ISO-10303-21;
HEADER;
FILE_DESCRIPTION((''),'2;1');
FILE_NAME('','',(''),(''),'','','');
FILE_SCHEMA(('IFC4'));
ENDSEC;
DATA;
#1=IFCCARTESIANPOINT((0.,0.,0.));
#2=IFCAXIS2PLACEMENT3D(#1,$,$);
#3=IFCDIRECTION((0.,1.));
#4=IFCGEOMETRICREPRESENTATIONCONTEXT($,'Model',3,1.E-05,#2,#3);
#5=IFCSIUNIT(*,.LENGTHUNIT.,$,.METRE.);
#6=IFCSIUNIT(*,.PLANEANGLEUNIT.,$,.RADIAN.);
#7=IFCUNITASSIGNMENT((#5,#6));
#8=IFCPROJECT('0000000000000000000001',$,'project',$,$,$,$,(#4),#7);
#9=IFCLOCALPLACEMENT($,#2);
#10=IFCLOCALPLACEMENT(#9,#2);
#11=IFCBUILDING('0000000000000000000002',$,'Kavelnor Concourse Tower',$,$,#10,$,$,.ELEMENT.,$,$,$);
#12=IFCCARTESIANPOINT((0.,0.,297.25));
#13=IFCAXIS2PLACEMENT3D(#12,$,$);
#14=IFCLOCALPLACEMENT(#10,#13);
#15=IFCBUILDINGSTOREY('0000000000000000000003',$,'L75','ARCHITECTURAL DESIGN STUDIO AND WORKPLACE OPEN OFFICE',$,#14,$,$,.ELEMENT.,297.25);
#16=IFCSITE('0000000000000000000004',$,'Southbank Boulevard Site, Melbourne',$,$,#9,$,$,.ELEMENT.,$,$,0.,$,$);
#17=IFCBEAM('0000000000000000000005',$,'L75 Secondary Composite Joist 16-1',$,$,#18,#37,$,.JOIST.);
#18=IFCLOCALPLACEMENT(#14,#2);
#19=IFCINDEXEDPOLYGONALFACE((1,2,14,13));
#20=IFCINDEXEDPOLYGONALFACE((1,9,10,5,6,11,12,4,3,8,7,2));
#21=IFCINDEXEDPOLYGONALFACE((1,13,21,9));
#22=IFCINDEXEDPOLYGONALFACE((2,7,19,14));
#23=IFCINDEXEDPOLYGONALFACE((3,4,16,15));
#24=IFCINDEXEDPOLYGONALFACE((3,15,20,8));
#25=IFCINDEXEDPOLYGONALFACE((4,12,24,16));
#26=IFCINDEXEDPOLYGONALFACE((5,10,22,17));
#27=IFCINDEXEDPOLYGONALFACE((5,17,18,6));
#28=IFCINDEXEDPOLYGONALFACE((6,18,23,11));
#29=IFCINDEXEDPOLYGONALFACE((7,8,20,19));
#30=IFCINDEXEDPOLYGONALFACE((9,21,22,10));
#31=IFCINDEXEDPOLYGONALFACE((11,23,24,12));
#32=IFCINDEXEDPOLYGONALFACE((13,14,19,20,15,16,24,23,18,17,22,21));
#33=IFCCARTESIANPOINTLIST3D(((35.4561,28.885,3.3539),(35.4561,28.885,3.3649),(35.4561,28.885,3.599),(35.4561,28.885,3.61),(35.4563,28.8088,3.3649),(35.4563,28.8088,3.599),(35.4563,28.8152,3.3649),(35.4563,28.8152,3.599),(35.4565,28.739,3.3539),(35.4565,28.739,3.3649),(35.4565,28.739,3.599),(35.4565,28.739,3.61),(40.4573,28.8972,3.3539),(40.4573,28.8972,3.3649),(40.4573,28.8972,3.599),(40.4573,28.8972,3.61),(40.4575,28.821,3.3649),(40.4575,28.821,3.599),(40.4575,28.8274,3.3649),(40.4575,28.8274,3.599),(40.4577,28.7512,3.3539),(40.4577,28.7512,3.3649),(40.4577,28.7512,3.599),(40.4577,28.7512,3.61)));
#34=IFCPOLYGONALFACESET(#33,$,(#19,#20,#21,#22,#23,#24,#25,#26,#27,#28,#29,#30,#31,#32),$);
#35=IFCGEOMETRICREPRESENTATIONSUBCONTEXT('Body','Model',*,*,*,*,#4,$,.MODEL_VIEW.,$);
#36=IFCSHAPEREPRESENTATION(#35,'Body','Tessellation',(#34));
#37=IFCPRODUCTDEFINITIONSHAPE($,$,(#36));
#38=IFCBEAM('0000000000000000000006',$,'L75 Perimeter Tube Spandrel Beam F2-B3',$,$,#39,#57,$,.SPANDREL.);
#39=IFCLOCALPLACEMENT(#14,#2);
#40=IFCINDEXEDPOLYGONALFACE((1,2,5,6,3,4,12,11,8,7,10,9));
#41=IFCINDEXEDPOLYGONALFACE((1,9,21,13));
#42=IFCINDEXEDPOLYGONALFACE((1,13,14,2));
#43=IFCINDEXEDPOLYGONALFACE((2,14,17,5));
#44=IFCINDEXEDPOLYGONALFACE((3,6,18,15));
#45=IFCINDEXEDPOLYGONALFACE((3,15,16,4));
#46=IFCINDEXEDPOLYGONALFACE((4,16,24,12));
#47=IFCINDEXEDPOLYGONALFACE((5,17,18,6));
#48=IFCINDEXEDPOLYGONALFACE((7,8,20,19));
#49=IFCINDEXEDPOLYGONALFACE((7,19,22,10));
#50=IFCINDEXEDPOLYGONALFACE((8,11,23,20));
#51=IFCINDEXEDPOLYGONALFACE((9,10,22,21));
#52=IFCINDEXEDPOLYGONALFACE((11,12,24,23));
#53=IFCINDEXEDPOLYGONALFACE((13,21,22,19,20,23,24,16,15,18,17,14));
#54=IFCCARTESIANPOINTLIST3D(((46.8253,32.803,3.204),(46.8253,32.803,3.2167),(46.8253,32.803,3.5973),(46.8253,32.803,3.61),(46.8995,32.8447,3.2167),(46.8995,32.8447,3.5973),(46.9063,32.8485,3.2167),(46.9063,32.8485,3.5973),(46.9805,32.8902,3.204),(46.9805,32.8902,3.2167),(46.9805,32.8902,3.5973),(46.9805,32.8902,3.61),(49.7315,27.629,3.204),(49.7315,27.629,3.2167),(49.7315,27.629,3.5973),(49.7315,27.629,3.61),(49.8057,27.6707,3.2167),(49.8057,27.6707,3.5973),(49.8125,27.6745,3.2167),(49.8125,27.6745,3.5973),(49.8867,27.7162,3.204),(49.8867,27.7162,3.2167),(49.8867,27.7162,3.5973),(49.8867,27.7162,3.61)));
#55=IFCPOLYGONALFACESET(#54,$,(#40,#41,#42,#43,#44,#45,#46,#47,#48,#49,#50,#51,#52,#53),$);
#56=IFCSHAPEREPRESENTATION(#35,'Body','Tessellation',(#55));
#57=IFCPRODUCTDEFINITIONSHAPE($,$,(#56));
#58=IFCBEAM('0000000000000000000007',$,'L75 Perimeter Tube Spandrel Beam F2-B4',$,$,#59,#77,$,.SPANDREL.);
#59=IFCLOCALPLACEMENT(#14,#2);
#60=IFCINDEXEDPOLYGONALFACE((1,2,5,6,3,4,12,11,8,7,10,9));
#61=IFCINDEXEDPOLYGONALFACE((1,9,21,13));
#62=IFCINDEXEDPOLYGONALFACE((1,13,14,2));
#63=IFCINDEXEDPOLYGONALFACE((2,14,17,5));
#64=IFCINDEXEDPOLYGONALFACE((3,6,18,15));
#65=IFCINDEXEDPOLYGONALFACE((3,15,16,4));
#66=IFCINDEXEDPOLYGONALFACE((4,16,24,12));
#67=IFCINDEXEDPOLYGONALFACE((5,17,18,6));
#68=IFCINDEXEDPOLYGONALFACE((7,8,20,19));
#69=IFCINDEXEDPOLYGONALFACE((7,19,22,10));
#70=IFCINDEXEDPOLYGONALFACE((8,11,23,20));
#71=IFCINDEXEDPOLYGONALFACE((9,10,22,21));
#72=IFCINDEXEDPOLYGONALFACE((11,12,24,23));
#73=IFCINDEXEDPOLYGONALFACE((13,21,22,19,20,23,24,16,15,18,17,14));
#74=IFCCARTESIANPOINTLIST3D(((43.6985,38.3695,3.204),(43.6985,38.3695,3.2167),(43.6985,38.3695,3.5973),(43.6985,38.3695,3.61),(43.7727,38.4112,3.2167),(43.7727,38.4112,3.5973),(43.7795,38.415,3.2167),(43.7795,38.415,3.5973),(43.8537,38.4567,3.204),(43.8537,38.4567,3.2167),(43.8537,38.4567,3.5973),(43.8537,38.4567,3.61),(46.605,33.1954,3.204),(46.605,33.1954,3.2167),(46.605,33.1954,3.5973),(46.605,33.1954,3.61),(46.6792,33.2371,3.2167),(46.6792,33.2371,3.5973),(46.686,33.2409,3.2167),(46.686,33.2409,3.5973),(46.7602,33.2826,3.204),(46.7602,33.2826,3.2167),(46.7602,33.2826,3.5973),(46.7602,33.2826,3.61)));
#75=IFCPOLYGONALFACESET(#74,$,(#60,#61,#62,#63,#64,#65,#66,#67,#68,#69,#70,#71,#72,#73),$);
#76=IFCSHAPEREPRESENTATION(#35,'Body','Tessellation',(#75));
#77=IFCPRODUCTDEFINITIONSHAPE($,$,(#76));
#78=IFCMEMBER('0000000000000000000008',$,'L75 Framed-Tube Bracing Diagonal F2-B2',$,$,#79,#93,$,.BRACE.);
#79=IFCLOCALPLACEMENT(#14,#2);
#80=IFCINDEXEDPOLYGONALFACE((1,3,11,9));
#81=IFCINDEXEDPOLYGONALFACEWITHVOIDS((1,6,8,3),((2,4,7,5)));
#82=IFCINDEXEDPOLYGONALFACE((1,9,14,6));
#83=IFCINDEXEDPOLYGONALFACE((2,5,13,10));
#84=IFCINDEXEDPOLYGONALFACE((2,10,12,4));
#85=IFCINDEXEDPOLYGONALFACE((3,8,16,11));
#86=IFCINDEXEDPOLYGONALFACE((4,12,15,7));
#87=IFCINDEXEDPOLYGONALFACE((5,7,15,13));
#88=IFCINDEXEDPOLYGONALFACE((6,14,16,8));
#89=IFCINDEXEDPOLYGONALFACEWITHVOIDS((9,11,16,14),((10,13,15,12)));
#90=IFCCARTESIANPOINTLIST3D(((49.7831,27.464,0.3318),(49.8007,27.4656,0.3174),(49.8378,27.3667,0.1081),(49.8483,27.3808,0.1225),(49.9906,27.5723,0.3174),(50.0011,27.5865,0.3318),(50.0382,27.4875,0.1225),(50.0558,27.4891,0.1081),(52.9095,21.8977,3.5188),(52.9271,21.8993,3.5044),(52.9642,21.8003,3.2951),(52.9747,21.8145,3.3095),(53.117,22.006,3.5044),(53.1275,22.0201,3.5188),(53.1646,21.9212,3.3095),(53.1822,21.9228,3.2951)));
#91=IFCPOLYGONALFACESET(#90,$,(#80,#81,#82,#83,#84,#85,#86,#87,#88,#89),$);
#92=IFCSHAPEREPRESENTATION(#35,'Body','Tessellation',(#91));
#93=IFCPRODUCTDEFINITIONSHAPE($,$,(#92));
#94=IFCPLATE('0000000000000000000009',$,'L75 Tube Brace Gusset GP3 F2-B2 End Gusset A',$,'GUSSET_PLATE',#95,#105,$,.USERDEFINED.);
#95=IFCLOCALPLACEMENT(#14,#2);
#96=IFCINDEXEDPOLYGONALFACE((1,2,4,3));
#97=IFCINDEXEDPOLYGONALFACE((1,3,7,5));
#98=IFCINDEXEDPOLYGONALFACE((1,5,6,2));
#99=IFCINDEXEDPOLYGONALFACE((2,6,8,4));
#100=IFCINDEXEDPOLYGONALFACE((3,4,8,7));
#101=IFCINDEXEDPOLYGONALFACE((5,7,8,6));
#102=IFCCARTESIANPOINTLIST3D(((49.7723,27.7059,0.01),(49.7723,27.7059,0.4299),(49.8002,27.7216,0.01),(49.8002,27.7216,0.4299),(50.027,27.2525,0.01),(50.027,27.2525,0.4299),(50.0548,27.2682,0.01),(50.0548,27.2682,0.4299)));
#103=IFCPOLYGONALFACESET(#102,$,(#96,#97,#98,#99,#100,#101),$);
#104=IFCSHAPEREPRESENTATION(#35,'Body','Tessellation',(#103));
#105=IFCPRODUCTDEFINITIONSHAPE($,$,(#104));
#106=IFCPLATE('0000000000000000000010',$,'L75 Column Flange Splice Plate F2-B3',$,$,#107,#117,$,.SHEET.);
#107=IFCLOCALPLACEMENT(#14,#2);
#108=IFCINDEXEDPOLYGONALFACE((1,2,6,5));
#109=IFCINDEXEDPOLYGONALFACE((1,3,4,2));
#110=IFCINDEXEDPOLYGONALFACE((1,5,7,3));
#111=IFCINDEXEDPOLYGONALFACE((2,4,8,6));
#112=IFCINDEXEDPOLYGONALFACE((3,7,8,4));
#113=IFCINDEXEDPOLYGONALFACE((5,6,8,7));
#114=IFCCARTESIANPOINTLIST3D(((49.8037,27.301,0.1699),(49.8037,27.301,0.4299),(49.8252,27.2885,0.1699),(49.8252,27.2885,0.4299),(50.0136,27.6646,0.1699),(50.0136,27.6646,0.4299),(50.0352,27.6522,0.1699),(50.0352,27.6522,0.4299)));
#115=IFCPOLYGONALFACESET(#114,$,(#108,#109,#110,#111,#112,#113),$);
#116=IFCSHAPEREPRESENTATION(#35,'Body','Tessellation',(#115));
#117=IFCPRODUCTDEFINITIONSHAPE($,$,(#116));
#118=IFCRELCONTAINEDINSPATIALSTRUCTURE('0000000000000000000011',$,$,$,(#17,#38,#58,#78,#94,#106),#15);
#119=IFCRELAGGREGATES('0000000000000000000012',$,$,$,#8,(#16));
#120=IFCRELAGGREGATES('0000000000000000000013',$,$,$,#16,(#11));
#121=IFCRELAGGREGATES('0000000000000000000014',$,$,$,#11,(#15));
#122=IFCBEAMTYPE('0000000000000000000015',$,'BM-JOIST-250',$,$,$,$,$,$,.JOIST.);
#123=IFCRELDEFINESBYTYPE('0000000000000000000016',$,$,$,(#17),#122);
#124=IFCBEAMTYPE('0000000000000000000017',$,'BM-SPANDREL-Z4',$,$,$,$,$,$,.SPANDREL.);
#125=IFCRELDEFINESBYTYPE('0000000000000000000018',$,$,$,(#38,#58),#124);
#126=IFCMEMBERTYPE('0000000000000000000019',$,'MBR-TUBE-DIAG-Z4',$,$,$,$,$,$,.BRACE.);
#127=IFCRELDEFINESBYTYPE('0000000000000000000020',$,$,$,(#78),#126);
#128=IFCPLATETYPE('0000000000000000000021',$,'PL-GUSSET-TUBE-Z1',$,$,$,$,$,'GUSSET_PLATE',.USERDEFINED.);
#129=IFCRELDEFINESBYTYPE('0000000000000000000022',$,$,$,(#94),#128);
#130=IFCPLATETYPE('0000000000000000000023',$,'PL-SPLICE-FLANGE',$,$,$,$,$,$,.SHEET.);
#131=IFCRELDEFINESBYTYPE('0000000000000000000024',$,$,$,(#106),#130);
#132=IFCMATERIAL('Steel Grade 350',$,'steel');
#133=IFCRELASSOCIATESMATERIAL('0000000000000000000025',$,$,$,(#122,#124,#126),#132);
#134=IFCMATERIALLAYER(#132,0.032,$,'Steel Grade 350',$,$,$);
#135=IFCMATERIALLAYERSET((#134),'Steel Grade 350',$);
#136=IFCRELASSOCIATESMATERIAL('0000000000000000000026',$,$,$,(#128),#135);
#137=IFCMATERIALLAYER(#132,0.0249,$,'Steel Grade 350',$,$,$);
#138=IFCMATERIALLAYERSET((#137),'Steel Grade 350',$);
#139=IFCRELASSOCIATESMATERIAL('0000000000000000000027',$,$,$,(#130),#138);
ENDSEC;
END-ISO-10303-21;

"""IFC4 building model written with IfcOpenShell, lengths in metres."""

from ifc_helpers import new_model, si_unit, direction, frame, origin, origin_2d, place, context, subcontext, project, spatial, rectangle, hollow_rectangle, i_section, extrude, material, layer, layer_set, material_profile, profile_set, type_object, element, save


model = new_model("IFC4")

# Units and contexts
model_context = context("Model", 3, precision=1e-05, world=origin(), true_north=direction((0.0, 1.0)))
body_context = subcontext(model_context, "Body", "Model", "MODEL_VIEW")
ifc_project = project(units=[si_unit("LENGTHUNIT", "METRE"), si_unit("PLANEANGLEUNIT", "RADIAN")], contexts=[model_context])

# Site, building, storey
site_placement = place(None, origin())
site = spatial("IfcSite", under=ifc_project, at=site_placement, Name="Southbank Boulevard Site, Melbourne", CompositionType="ELEMENT", RefElevation=0.0)
building_placement = place(site_placement, origin())
building = spatial("IfcBuilding", under=site, at=building_placement, Name="Kavelnor Concourse Tower", CompositionType="ELEMENT")
storey_placement = place(building_placement, frame((0.0, 0.0, 297.25)))
storey = spatial("IfcBuildingStorey", under=building, at=storey_placement, Name="L75", Description="ARCHITECTURAL DESIGN STUDIO AND WORKPLACE OPEN OFFICE", CompositionType="ELEMENT", Elevation=297.25)

# Shared definitions
ifc_material = material(Name="Steel Grade 350", Category="steel")

# Beams
ifc_material_profile_1 = material_profile(ifc_material, i_section(OverallWidth=0.146, OverallDepth=0.2561, WebThickness=0.0063, FlangeThickness=0.011, at=origin_2d()), Name="250UB37")
ifc_profile_set_1 = profile_set([ifc_material_profile_1], Name="Steel Grade 350")
beam_type_1 = type_object("IfcBeamType", Name="BM-JOIST-250", PredefinedType="JOIST", material=ifc_profile_set_1)
beam_1_placement = place(storey_placement, frame((40.4575, 28.8242, 3.4819), z_axis=(-0.999997, -0.002441, 0.0), x_axis=(0.002441, -0.999997, 0.0)))
element("IfcBeam", 1, at=beam_1_placement, inside=storey, type_object=beam_type_1, Name="L75 Secondary Composite Joist 16-1", PredefinedType="JOIST", context=body_context, shape_type="SweptSolid", body=[
    extrude(i_section(OverallWidth=0.146, OverallDepth=0.2561, WebThickness=0.0063, FlangeThickness=0.011, at=origin_2d()), origin(), (0.0, 0.0, 1.0), 5.0012),
])
ifc_material_profile_2 = material_profile(ifc_material, i_section(OverallWidth=0.178, OverallDepth=0.406, WebThickness=0.0078, FlangeThickness=0.0127, at=origin_2d()), Name="410UB59")
ifc_profile_set_2 = profile_set([ifc_material_profile_2], Name="Steel Grade 350")
beam_type_2 = type_object("IfcBeamType", Name="BM-SPANDREL-Z4", PredefinedType="SPANDREL", material=ifc_profile_set_2)
beam_2_placement = place(storey_placement, frame((49.8091, 27.6726, 3.407), z_axis=(-0.489728, 0.871875, 0.0), x_axis=(-0.871875, -0.489728, 0.0)))
element("IfcBeam", 2, at=beam_2_placement, inside=storey, type_object=beam_type_2, Name="L75 Perimeter Tube Spandrel Beam F2-B3", PredefinedType="SPANDREL", context=body_context, shape_type="SweptSolid", body=[
    extrude(i_section(OverallWidth=0.178, OverallDepth=0.406, WebThickness=0.0078, FlangeThickness=0.0127, at=origin_2d()), origin(), (0.0, 0.0, 1.0), 5.9343),
])
beam_3_placement = place(storey_placement, frame((46.6826, 33.239, 3.407), z_axis=(-0.489759, 0.871858, 0.0), x_axis=(-0.871858, -0.489759, 0.0)))
element("IfcBeam", 3, at=beam_3_placement, inside=storey, type_object=beam_type_2, Name="L75 Perimeter Tube Spandrel Beam F2-B4", PredefinedType="SPANDREL", context=body_context, shape_type="SweptSolid", body=[
    extrude(i_section(OverallWidth=0.178, OverallDepth=0.406, WebThickness=0.0078, FlangeThickness=0.0127, at=origin_2d()), origin(), (0.0, 0.0, 1.0), 5.9346),
])

# Member
ifc_material_profile_3 = material_profile(ifc_material, hollow_rectangle(XDim=0.25, YDim=0.25, WallThickness=0.0161, at=origin_2d()), Name="SHS 250x250x16")
ifc_profile_set_3 = profile_set([ifc_material_profile_3], Name="Steel Grade 350")
member_type = type_object("IfcMemberType", Name="MBR-TUBE-DIAG-Z4", PredefinedType="BRACE", material=ifc_profile_set_3)
member_placement = place(storey_placement, frame((49.9194, 27.4766, 0.22), z_axis=(0.438151, -0.78009, 0.446636), x_axis=(0.871886, 0.489709, 0.0)))
element("IfcMember", 4, at=member_placement, inside=storey, type_object=member_type, Name="L75 Framed-Tube Bracing Diagonal F2-B2", PredefinedType="BRACE", context=body_context, shape_type="SweptSolid", body=[
    extrude(hollow_rectangle(XDim=0.25, YDim=0.25, WallThickness=0.0161, at=origin_2d()), origin(), (0.0, 0.0, 1.0), 7.1355),
])

# Plates
ifc_layer_1 = layer(ifc_material, 0.032, Name="Steel Grade 350")
ifc_layer_set_1 = layer_set([ifc_layer_1], Name="Steel Grade 350")
plate_type_1 = type_object("IfcPlateType", Name="PL-GUSSET-TUBE-Z1", ElementType="GUSSET_PLATE", PredefinedType="USERDEFINED", material=ifc_layer_set_1)
plate_1_placement = place(storey_placement, frame((49.9136, 27.4871, 0.01), z_axis=(0.0, 0.0, 1.0), x_axis=(0.489687, -0.871898, 0.0)))
element("IfcPlate", 5, at=plate_1_placement, inside=storey, type_object=plate_type_1, Name="L75 Tube Brace Gusset GP3 F2-B2 End Gusset A", ObjectType="GUSSET_PLATE", PredefinedType="USERDEFINED", context=body_context, shape_type="SweptSolid", body=[
    extrude(rectangle(XDim=0.52, YDim=0.032, at=origin_2d()), origin(), (0.0, 0.0, 1.0), 0.4199),
])
ifc_layer_2 = layer(ifc_material, 0.0249, Name="Steel Grade 350")
ifc_layer_set_2 = layer_set([ifc_layer_2], Name="Steel Grade 350")
plate_type_2 = type_object("IfcPlateType", Name="PL-SPLICE-FLANGE", PredefinedType="SHEET", material=ifc_layer_set_2)
plate_2_placement = place(storey_placement, frame((49.9194, 27.4766, 0.1699), z_axis=(0.0, 0.0, 1.0), x_axis=(-0.5, -0.866025, 0.0)))
element("IfcPlate", 6, at=plate_2_placement, inside=storey, type_object=plate_type_2, Name="L75 Column Flange Splice Plate F2-B3", PredefinedType="SHEET", context=body_context, shape_type="SweptSolid", body=[
    extrude(rectangle(XDim=0.4199, YDim=0.0249, at=origin_2d()), origin(), (0.0, 0.0, 1.0), 0.26),
])

save(model, "model.ifc")
